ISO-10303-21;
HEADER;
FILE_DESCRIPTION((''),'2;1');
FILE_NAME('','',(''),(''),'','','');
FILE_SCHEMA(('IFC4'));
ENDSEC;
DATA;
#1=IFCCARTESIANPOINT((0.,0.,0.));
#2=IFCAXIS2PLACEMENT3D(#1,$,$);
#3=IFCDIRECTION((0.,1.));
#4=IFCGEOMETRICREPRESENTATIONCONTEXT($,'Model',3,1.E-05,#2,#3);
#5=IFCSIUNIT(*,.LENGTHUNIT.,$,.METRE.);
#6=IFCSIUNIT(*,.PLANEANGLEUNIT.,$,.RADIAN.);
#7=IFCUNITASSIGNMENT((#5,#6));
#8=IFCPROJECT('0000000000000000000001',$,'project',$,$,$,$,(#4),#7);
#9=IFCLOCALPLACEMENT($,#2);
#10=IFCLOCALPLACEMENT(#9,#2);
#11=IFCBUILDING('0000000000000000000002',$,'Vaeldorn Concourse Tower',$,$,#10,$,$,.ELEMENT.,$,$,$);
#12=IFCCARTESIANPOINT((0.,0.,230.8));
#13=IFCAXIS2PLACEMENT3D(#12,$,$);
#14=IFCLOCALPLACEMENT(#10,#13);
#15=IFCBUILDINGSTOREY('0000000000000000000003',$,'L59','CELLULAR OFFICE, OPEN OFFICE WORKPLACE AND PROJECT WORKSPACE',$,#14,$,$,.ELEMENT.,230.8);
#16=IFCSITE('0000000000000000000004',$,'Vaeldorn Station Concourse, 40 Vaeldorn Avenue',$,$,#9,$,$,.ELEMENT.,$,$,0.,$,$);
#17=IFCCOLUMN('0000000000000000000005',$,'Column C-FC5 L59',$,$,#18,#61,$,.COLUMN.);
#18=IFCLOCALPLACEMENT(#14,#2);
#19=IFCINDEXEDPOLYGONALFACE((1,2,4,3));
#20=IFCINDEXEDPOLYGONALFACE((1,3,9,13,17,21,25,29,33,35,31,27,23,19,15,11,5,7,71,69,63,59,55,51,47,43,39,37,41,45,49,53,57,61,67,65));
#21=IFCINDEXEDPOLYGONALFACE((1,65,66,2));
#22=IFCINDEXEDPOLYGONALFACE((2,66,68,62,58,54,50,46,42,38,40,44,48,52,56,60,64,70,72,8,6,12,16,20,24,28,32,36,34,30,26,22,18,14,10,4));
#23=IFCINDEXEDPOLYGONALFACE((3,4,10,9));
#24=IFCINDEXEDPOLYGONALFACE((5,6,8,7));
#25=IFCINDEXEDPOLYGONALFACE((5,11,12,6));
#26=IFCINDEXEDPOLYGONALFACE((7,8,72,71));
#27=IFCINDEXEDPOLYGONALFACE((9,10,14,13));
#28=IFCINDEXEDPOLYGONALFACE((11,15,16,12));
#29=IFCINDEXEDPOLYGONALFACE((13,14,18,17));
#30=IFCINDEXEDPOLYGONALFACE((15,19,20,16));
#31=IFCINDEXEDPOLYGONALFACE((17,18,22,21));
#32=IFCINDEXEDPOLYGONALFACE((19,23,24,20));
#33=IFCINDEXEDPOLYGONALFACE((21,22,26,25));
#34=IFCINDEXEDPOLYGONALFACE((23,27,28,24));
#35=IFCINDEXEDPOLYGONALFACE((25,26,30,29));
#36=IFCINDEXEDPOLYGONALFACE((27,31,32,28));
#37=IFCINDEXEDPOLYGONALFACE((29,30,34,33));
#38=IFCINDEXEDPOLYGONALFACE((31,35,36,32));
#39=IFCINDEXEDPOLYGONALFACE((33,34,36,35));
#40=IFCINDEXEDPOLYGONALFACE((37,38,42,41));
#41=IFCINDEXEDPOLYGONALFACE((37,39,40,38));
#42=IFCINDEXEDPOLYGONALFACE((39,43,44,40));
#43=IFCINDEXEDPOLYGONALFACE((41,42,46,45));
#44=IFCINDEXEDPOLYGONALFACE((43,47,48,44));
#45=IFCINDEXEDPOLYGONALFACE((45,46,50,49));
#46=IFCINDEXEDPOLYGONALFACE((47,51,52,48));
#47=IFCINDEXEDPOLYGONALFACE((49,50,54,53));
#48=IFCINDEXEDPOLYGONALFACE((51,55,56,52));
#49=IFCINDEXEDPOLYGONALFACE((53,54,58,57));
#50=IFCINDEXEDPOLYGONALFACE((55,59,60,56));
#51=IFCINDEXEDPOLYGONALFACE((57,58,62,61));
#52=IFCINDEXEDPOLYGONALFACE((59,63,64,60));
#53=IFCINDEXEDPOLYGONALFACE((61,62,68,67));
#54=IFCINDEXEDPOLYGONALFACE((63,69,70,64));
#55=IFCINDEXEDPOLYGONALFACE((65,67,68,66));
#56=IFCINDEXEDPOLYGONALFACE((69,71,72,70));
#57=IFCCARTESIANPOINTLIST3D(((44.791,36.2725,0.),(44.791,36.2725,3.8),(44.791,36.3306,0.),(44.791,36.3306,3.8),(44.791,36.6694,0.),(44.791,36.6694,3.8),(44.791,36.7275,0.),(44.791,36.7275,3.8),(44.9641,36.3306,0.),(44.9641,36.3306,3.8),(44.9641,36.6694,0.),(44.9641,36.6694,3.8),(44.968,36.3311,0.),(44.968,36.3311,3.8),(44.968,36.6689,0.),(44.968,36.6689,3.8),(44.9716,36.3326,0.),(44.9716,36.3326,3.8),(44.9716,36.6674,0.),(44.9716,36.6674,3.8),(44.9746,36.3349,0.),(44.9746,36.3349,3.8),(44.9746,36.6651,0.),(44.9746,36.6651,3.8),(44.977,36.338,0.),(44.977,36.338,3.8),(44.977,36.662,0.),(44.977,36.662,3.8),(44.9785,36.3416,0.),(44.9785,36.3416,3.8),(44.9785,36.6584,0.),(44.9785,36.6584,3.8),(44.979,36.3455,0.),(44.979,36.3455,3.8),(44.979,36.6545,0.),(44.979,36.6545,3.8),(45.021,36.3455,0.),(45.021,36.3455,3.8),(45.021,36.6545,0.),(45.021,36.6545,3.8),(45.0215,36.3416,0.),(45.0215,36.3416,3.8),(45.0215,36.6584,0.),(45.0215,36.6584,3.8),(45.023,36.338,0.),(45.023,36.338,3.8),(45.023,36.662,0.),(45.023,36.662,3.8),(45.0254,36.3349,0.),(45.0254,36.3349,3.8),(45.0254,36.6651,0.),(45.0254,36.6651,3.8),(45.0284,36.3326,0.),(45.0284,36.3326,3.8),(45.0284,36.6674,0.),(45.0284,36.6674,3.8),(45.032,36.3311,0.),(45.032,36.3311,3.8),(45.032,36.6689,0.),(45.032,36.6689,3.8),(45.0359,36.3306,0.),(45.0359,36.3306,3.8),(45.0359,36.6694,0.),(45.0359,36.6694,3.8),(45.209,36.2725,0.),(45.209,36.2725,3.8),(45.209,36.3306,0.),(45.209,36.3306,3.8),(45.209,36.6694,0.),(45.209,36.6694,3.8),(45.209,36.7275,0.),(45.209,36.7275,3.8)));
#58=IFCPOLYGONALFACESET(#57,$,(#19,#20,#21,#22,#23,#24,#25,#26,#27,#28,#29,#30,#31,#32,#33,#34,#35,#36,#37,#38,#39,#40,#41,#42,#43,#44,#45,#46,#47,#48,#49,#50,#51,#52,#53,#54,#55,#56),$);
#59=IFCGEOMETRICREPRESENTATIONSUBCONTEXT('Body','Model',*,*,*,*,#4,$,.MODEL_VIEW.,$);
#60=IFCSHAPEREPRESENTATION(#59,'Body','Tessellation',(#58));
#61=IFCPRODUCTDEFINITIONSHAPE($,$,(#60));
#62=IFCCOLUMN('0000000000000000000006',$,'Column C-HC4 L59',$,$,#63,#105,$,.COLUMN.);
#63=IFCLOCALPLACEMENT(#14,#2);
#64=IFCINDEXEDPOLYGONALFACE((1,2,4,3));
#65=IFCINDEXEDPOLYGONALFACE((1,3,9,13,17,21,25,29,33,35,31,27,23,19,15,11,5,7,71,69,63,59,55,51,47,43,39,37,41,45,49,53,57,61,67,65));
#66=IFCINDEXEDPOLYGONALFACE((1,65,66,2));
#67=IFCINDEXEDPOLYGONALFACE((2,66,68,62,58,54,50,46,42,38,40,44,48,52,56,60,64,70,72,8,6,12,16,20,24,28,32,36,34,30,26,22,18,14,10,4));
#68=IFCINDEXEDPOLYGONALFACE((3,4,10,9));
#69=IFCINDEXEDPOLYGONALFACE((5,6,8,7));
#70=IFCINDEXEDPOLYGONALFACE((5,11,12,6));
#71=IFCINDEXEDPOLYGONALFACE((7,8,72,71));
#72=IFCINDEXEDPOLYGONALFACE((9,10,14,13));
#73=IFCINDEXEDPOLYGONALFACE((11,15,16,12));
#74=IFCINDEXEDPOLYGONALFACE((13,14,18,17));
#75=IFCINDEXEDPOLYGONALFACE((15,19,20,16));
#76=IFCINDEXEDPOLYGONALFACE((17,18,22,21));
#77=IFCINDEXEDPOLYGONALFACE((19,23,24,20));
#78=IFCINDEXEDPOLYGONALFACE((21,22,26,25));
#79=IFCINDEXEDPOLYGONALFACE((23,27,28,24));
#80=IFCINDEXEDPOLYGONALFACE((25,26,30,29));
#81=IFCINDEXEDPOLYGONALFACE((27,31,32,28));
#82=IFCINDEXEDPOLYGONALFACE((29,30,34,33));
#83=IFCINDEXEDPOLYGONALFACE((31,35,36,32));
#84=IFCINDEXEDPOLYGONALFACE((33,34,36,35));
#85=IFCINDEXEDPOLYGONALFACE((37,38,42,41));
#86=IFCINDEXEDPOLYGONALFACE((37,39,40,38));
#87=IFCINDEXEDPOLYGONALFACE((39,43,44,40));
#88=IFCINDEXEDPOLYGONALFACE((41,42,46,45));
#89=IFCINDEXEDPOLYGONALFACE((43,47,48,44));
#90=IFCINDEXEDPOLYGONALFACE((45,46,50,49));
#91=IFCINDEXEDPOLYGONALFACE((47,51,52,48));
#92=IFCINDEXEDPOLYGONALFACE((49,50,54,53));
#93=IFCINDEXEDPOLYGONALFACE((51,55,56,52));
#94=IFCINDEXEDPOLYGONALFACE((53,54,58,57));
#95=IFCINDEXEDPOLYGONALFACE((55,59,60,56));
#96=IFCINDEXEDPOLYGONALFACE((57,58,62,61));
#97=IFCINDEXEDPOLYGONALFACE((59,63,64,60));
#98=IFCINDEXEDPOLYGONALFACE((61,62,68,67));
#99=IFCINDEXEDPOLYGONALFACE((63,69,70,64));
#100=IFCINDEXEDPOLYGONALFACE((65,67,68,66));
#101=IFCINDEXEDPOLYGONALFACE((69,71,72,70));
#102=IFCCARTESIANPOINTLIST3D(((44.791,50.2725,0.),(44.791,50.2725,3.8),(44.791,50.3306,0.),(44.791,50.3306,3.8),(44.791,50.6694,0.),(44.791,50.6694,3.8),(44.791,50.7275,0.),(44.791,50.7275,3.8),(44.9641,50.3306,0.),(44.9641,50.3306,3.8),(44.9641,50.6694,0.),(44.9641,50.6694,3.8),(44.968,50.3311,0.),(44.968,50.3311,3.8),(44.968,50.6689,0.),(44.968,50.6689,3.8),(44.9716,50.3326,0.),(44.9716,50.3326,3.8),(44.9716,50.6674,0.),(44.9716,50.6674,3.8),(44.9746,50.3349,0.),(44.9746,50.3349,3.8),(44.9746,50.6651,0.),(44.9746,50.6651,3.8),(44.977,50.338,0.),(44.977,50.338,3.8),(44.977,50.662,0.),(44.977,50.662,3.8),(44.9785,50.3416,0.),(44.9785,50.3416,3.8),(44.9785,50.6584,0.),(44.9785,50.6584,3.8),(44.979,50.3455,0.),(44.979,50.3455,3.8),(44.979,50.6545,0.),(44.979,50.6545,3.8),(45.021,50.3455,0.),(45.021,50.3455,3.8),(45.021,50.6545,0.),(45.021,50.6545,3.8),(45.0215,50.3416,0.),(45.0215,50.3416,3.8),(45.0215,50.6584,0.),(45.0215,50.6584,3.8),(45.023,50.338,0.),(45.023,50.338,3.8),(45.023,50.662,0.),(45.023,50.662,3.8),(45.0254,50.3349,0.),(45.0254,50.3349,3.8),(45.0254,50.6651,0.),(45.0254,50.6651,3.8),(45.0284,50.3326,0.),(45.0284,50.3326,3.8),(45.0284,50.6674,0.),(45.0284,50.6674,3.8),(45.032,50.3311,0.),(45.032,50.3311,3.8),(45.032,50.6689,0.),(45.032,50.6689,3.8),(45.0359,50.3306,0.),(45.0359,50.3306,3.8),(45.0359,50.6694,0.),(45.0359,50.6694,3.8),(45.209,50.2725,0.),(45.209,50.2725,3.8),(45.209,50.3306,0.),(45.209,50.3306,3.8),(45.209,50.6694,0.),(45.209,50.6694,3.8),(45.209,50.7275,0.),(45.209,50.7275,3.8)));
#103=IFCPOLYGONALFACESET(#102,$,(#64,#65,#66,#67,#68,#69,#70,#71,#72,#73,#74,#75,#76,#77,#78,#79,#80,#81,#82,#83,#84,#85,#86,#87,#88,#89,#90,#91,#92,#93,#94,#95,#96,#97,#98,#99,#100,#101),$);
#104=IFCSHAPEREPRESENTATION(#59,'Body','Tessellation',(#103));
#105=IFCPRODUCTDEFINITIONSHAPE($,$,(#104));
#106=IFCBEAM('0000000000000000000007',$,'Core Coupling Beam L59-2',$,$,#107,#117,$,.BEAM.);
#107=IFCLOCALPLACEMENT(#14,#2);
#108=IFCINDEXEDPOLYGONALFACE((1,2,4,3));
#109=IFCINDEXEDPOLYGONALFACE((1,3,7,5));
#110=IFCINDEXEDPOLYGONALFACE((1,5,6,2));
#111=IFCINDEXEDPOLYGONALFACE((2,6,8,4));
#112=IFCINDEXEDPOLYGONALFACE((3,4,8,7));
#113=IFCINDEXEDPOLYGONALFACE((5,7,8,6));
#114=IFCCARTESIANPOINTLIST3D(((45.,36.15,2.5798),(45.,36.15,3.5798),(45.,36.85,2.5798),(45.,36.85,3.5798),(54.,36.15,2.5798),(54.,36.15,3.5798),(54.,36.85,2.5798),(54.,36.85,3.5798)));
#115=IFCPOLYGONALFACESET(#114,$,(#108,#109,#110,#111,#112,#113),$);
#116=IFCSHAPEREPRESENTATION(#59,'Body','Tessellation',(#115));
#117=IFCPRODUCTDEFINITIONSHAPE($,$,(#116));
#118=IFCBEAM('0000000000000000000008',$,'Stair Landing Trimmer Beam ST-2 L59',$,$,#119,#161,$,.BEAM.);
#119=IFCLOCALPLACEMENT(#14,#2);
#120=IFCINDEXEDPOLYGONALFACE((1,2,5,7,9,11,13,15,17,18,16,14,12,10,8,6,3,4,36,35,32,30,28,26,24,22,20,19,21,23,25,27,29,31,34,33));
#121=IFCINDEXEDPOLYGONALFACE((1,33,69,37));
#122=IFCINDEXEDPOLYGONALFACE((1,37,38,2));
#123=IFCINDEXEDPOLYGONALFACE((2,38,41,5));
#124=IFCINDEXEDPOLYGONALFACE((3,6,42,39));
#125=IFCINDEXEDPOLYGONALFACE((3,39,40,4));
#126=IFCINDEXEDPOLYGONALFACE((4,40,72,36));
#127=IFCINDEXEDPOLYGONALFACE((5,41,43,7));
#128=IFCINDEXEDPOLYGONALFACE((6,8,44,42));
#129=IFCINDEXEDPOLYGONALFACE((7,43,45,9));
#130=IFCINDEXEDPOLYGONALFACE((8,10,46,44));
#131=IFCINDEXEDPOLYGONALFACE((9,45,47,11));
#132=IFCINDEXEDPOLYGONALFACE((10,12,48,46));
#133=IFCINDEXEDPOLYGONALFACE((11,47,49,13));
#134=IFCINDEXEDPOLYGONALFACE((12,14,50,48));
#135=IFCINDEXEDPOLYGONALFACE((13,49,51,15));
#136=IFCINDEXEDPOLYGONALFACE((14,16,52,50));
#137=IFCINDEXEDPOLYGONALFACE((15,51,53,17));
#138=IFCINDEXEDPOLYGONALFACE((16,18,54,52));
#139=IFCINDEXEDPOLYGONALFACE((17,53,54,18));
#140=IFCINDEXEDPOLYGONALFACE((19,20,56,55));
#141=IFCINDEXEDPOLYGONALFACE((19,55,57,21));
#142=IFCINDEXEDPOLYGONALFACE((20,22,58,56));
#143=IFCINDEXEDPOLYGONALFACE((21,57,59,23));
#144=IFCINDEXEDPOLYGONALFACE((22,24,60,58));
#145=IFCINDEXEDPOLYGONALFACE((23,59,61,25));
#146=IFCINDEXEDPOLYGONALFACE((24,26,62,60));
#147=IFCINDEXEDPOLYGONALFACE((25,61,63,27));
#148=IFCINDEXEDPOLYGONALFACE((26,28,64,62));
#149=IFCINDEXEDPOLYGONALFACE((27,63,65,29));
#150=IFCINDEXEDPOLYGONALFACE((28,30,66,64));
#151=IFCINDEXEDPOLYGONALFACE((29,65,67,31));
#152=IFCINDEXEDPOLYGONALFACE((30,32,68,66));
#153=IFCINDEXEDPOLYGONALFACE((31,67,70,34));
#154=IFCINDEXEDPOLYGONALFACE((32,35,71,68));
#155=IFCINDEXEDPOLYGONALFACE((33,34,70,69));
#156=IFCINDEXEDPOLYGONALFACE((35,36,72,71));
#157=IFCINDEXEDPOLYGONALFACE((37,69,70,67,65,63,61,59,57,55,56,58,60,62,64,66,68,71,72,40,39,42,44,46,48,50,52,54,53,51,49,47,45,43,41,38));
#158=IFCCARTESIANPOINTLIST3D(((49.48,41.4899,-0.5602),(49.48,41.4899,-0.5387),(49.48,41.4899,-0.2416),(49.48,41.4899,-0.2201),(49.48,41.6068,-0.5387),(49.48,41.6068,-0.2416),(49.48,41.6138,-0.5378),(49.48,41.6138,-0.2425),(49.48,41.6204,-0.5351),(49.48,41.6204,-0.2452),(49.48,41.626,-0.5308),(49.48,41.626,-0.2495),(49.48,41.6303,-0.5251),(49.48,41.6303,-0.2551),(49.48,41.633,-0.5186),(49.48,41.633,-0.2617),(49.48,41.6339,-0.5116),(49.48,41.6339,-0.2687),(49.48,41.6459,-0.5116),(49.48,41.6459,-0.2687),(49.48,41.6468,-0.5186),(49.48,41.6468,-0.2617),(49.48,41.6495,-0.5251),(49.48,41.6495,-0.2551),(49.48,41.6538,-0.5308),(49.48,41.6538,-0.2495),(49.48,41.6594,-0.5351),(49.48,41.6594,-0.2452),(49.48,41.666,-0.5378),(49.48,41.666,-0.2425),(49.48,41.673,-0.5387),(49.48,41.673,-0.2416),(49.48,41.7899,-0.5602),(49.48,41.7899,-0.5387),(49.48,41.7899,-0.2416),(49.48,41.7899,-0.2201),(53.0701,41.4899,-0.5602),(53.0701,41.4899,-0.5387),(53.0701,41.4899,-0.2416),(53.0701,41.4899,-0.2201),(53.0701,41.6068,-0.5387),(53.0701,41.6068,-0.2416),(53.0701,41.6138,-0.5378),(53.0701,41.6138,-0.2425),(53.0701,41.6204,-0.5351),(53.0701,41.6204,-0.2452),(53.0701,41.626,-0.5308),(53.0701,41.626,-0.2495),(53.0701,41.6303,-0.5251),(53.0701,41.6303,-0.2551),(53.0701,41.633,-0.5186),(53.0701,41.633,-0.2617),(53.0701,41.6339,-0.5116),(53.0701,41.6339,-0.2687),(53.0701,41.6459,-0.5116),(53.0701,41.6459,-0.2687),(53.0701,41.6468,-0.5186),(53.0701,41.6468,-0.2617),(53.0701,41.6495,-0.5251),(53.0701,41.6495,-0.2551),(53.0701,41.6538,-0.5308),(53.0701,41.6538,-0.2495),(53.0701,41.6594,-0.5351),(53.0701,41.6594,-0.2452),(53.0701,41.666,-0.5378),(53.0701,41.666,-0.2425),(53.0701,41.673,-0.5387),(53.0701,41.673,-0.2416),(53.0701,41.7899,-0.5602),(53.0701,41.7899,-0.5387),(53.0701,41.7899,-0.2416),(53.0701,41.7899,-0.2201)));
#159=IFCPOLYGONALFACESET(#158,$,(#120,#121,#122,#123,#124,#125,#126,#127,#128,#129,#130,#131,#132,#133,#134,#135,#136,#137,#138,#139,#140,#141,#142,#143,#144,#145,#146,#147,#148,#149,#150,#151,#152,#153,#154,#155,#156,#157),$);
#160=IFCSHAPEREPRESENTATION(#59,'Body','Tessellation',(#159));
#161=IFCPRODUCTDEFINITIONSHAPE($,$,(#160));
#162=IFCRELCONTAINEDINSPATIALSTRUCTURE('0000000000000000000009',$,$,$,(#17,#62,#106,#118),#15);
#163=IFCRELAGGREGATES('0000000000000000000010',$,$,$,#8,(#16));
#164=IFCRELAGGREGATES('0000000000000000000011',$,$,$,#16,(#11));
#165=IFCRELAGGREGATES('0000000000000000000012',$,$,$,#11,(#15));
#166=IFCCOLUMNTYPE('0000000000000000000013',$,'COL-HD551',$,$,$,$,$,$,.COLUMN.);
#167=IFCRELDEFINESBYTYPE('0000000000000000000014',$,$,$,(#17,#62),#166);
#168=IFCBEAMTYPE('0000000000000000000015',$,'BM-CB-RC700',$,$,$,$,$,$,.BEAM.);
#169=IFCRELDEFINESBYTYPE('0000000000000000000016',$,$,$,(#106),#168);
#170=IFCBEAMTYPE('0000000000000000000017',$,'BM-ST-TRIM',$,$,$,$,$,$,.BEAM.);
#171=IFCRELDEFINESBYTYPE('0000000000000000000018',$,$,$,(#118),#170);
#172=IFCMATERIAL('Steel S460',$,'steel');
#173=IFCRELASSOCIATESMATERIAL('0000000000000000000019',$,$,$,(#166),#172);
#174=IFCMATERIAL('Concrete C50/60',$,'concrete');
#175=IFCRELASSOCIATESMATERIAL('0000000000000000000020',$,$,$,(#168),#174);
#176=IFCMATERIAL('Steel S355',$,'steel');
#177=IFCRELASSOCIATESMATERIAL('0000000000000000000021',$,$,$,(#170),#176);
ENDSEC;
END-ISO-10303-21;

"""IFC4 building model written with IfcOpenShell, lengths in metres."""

from ifc_helpers import new_model, si_unit, direction, frame, origin, origin_2d, place, context, subcontext, project, spatial, rectangle, i_section, extrude, source, transform, mapped, material, material_profile, profile_set, type_object, element, save


model = new_model("IFC4")

# Units and contexts
model_context = context("Model", 3, precision=1e-05, world=origin(), true_north=direction((0.0, 1.0)))
body_context = subcontext(model_context, "Body", "Model", "MODEL_VIEW")
ifc_project = project(units=[si_unit("LENGTHUNIT", "METRE"), si_unit("PLANEANGLEUNIT", "RADIAN")], contexts=[model_context])

# Site, building, storey
site_placement = place(None, origin())
site = spatial("IfcSite", under=ifc_project, at=site_placement, Name="Vaeldorn Station Concourse, 40 Vaeldorn Avenue", CompositionType="ELEMENT", RefElevation=0.0)
building_placement = place(site_placement, origin())
building = spatial("IfcBuilding", under=site, at=building_placement, Name="Vaeldorn Concourse Tower", CompositionType="ELEMENT")
storey_placement = place(building_placement, frame((0.0, 0.0, 230.8)))
storey = spatial("IfcBuildingStorey", under=building, at=storey_placement, Name="L59", Description="CELLULAR OFFICE, OPEN OFFICE WORKPLACE AND PROJECT WORKSPACE", CompositionType="ELEMENT", Elevation=230.8)

# Columns
ifc_material_1 = material(Name="Steel S460", Category="steel")
ifc_material_profile_1 = material_profile(ifc_material_1, i_section(OverallWidth=0.418, OverallDepth=0.4551, WebThickness=0.042, FlangeThickness=0.0581, FilletRadius=0.0149, at=origin_2d()), Name="HD 400x551")
ifc_profile_set_1 = profile_set([ifc_material_profile_1], Name="Steel S460")
column_type = type_object("IfcColumnType", Name="COL-HD551", PredefinedType="COLUMN", material=ifc_profile_set_1)
shared_shape_1 = source(origin(), body_context, "Body", "SweptSolid", [
    extrude(i_section(OverallWidth=0.418, OverallDepth=0.4551, WebThickness=0.042, FlangeThickness=0.0581, FilletRadius=0.0149, at=origin_2d()), origin(), (0.0, 0.0, 1.0), 3.8),
])
for number, where, z_axis, x_axis, name in (
    (1, (45.0, 36.5, 0.0), (0.0, 0.0, 1.0), (1.0, 0.0, 0.0), "Column C-FC5 L59"),
    (2, (45.0, 50.5, 0.0), (0.0, 0.0, 1.0), (1.0, 0.0, 0.0), "Column C-HC4 L59"),
):
    element("IfcColumn", number, at=place(storey_placement, frame(where, z_axis=z_axis, x_axis=x_axis)), inside=storey, type_object=column_type, Name=name, PredefinedType="COLUMN", context=body_context, shape_type="MappedRepresentation", body=[
        mapped(shared_shape_1, transform((0.0, 0.0, 0.0), scale=1.0)),
    ])

# Beams
ifc_material_2 = material(Name="Concrete C50/60", Category="concrete")
ifc_material_profile_2 = material_profile(ifc_material_2, rectangle(XDim=0.7, YDim=1.0, at=origin_2d()), Name="RC 700x1000")
ifc_profile_set_2 = profile_set([ifc_material_profile_2], Name="Concrete C50/60")
beam_type_1 = type_object("IfcBeamType", Name="BM-CB-RC700", PredefinedType="BEAM", material=ifc_profile_set_2)
shared_shape_2 = source(origin(), body_context, "Body", "SweptSolid", [
    extrude(rectangle(XDim=0.7, YDim=1.0, at=origin_2d()), origin(), (0.0, 0.0, 1.0), 9.0),
])
beam_1_placement = place(storey_placement, frame((45.0, 36.5, 3.0798), z_axis=(1.0, 0.0, 0.0), x_axis=(0.0, 1.0, 0.0)))
element("IfcBeam", 3, at=beam_1_placement, inside=storey, type_object=beam_type_1, Name="Core Coupling Beam L59-2", PredefinedType="BEAM", context=body_context, shape_type="MappedRepresentation", body=[
    mapped(shared_shape_2, transform((0.0, 0.0, 0.0), scale=1.0)),
])
ifc_material_3 = material(Name="Steel S355", Category="steel")
ifc_material_profile_3 = material_profile(ifc_material_3, i_section(OverallWidth=0.3, OverallDepth=0.3401, WebThickness=0.012, FlangeThickness=0.0215, FilletRadius=0.0271, at=origin_2d()), Name="HEB 340")
ifc_profile_set_3 = profile_set([ifc_material_profile_3], Name="Steel S355")
beam_type_2 = type_object("IfcBeamType", Name="BM-ST-TRIM", PredefinedType="BEAM", material=ifc_profile_set_3)
shared_shape_3 = source(origin(), body_context, "Body", "SweptSolid", [
    extrude(i_section(OverallWidth=0.3, OverallDepth=0.3401, WebThickness=0.012, FlangeThickness=0.0215, FilletRadius=0.0271, at=origin_2d()), origin(), (0.0, 0.0, 1.0), 3.5901),
])
beam_2_placement = place(storey_placement, frame((49.48, 41.6399, -0.3901), z_axis=(1.0, 0.0, 0.0), x_axis=(0.0, 1.0, 0.0)))
element("IfcBeam", 4, at=beam_2_placement, inside=storey, type_object=beam_type_2, Name="Stair Landing Trimmer Beam ST-2 L59", PredefinedType="BEAM", context=body_context, shape_type="MappedRepresentation", body=[
    mapped(shared_shape_3, transform((0.0, 0.0, 0.0), scale=1.0)),
])

save(model, "model.ifc")
